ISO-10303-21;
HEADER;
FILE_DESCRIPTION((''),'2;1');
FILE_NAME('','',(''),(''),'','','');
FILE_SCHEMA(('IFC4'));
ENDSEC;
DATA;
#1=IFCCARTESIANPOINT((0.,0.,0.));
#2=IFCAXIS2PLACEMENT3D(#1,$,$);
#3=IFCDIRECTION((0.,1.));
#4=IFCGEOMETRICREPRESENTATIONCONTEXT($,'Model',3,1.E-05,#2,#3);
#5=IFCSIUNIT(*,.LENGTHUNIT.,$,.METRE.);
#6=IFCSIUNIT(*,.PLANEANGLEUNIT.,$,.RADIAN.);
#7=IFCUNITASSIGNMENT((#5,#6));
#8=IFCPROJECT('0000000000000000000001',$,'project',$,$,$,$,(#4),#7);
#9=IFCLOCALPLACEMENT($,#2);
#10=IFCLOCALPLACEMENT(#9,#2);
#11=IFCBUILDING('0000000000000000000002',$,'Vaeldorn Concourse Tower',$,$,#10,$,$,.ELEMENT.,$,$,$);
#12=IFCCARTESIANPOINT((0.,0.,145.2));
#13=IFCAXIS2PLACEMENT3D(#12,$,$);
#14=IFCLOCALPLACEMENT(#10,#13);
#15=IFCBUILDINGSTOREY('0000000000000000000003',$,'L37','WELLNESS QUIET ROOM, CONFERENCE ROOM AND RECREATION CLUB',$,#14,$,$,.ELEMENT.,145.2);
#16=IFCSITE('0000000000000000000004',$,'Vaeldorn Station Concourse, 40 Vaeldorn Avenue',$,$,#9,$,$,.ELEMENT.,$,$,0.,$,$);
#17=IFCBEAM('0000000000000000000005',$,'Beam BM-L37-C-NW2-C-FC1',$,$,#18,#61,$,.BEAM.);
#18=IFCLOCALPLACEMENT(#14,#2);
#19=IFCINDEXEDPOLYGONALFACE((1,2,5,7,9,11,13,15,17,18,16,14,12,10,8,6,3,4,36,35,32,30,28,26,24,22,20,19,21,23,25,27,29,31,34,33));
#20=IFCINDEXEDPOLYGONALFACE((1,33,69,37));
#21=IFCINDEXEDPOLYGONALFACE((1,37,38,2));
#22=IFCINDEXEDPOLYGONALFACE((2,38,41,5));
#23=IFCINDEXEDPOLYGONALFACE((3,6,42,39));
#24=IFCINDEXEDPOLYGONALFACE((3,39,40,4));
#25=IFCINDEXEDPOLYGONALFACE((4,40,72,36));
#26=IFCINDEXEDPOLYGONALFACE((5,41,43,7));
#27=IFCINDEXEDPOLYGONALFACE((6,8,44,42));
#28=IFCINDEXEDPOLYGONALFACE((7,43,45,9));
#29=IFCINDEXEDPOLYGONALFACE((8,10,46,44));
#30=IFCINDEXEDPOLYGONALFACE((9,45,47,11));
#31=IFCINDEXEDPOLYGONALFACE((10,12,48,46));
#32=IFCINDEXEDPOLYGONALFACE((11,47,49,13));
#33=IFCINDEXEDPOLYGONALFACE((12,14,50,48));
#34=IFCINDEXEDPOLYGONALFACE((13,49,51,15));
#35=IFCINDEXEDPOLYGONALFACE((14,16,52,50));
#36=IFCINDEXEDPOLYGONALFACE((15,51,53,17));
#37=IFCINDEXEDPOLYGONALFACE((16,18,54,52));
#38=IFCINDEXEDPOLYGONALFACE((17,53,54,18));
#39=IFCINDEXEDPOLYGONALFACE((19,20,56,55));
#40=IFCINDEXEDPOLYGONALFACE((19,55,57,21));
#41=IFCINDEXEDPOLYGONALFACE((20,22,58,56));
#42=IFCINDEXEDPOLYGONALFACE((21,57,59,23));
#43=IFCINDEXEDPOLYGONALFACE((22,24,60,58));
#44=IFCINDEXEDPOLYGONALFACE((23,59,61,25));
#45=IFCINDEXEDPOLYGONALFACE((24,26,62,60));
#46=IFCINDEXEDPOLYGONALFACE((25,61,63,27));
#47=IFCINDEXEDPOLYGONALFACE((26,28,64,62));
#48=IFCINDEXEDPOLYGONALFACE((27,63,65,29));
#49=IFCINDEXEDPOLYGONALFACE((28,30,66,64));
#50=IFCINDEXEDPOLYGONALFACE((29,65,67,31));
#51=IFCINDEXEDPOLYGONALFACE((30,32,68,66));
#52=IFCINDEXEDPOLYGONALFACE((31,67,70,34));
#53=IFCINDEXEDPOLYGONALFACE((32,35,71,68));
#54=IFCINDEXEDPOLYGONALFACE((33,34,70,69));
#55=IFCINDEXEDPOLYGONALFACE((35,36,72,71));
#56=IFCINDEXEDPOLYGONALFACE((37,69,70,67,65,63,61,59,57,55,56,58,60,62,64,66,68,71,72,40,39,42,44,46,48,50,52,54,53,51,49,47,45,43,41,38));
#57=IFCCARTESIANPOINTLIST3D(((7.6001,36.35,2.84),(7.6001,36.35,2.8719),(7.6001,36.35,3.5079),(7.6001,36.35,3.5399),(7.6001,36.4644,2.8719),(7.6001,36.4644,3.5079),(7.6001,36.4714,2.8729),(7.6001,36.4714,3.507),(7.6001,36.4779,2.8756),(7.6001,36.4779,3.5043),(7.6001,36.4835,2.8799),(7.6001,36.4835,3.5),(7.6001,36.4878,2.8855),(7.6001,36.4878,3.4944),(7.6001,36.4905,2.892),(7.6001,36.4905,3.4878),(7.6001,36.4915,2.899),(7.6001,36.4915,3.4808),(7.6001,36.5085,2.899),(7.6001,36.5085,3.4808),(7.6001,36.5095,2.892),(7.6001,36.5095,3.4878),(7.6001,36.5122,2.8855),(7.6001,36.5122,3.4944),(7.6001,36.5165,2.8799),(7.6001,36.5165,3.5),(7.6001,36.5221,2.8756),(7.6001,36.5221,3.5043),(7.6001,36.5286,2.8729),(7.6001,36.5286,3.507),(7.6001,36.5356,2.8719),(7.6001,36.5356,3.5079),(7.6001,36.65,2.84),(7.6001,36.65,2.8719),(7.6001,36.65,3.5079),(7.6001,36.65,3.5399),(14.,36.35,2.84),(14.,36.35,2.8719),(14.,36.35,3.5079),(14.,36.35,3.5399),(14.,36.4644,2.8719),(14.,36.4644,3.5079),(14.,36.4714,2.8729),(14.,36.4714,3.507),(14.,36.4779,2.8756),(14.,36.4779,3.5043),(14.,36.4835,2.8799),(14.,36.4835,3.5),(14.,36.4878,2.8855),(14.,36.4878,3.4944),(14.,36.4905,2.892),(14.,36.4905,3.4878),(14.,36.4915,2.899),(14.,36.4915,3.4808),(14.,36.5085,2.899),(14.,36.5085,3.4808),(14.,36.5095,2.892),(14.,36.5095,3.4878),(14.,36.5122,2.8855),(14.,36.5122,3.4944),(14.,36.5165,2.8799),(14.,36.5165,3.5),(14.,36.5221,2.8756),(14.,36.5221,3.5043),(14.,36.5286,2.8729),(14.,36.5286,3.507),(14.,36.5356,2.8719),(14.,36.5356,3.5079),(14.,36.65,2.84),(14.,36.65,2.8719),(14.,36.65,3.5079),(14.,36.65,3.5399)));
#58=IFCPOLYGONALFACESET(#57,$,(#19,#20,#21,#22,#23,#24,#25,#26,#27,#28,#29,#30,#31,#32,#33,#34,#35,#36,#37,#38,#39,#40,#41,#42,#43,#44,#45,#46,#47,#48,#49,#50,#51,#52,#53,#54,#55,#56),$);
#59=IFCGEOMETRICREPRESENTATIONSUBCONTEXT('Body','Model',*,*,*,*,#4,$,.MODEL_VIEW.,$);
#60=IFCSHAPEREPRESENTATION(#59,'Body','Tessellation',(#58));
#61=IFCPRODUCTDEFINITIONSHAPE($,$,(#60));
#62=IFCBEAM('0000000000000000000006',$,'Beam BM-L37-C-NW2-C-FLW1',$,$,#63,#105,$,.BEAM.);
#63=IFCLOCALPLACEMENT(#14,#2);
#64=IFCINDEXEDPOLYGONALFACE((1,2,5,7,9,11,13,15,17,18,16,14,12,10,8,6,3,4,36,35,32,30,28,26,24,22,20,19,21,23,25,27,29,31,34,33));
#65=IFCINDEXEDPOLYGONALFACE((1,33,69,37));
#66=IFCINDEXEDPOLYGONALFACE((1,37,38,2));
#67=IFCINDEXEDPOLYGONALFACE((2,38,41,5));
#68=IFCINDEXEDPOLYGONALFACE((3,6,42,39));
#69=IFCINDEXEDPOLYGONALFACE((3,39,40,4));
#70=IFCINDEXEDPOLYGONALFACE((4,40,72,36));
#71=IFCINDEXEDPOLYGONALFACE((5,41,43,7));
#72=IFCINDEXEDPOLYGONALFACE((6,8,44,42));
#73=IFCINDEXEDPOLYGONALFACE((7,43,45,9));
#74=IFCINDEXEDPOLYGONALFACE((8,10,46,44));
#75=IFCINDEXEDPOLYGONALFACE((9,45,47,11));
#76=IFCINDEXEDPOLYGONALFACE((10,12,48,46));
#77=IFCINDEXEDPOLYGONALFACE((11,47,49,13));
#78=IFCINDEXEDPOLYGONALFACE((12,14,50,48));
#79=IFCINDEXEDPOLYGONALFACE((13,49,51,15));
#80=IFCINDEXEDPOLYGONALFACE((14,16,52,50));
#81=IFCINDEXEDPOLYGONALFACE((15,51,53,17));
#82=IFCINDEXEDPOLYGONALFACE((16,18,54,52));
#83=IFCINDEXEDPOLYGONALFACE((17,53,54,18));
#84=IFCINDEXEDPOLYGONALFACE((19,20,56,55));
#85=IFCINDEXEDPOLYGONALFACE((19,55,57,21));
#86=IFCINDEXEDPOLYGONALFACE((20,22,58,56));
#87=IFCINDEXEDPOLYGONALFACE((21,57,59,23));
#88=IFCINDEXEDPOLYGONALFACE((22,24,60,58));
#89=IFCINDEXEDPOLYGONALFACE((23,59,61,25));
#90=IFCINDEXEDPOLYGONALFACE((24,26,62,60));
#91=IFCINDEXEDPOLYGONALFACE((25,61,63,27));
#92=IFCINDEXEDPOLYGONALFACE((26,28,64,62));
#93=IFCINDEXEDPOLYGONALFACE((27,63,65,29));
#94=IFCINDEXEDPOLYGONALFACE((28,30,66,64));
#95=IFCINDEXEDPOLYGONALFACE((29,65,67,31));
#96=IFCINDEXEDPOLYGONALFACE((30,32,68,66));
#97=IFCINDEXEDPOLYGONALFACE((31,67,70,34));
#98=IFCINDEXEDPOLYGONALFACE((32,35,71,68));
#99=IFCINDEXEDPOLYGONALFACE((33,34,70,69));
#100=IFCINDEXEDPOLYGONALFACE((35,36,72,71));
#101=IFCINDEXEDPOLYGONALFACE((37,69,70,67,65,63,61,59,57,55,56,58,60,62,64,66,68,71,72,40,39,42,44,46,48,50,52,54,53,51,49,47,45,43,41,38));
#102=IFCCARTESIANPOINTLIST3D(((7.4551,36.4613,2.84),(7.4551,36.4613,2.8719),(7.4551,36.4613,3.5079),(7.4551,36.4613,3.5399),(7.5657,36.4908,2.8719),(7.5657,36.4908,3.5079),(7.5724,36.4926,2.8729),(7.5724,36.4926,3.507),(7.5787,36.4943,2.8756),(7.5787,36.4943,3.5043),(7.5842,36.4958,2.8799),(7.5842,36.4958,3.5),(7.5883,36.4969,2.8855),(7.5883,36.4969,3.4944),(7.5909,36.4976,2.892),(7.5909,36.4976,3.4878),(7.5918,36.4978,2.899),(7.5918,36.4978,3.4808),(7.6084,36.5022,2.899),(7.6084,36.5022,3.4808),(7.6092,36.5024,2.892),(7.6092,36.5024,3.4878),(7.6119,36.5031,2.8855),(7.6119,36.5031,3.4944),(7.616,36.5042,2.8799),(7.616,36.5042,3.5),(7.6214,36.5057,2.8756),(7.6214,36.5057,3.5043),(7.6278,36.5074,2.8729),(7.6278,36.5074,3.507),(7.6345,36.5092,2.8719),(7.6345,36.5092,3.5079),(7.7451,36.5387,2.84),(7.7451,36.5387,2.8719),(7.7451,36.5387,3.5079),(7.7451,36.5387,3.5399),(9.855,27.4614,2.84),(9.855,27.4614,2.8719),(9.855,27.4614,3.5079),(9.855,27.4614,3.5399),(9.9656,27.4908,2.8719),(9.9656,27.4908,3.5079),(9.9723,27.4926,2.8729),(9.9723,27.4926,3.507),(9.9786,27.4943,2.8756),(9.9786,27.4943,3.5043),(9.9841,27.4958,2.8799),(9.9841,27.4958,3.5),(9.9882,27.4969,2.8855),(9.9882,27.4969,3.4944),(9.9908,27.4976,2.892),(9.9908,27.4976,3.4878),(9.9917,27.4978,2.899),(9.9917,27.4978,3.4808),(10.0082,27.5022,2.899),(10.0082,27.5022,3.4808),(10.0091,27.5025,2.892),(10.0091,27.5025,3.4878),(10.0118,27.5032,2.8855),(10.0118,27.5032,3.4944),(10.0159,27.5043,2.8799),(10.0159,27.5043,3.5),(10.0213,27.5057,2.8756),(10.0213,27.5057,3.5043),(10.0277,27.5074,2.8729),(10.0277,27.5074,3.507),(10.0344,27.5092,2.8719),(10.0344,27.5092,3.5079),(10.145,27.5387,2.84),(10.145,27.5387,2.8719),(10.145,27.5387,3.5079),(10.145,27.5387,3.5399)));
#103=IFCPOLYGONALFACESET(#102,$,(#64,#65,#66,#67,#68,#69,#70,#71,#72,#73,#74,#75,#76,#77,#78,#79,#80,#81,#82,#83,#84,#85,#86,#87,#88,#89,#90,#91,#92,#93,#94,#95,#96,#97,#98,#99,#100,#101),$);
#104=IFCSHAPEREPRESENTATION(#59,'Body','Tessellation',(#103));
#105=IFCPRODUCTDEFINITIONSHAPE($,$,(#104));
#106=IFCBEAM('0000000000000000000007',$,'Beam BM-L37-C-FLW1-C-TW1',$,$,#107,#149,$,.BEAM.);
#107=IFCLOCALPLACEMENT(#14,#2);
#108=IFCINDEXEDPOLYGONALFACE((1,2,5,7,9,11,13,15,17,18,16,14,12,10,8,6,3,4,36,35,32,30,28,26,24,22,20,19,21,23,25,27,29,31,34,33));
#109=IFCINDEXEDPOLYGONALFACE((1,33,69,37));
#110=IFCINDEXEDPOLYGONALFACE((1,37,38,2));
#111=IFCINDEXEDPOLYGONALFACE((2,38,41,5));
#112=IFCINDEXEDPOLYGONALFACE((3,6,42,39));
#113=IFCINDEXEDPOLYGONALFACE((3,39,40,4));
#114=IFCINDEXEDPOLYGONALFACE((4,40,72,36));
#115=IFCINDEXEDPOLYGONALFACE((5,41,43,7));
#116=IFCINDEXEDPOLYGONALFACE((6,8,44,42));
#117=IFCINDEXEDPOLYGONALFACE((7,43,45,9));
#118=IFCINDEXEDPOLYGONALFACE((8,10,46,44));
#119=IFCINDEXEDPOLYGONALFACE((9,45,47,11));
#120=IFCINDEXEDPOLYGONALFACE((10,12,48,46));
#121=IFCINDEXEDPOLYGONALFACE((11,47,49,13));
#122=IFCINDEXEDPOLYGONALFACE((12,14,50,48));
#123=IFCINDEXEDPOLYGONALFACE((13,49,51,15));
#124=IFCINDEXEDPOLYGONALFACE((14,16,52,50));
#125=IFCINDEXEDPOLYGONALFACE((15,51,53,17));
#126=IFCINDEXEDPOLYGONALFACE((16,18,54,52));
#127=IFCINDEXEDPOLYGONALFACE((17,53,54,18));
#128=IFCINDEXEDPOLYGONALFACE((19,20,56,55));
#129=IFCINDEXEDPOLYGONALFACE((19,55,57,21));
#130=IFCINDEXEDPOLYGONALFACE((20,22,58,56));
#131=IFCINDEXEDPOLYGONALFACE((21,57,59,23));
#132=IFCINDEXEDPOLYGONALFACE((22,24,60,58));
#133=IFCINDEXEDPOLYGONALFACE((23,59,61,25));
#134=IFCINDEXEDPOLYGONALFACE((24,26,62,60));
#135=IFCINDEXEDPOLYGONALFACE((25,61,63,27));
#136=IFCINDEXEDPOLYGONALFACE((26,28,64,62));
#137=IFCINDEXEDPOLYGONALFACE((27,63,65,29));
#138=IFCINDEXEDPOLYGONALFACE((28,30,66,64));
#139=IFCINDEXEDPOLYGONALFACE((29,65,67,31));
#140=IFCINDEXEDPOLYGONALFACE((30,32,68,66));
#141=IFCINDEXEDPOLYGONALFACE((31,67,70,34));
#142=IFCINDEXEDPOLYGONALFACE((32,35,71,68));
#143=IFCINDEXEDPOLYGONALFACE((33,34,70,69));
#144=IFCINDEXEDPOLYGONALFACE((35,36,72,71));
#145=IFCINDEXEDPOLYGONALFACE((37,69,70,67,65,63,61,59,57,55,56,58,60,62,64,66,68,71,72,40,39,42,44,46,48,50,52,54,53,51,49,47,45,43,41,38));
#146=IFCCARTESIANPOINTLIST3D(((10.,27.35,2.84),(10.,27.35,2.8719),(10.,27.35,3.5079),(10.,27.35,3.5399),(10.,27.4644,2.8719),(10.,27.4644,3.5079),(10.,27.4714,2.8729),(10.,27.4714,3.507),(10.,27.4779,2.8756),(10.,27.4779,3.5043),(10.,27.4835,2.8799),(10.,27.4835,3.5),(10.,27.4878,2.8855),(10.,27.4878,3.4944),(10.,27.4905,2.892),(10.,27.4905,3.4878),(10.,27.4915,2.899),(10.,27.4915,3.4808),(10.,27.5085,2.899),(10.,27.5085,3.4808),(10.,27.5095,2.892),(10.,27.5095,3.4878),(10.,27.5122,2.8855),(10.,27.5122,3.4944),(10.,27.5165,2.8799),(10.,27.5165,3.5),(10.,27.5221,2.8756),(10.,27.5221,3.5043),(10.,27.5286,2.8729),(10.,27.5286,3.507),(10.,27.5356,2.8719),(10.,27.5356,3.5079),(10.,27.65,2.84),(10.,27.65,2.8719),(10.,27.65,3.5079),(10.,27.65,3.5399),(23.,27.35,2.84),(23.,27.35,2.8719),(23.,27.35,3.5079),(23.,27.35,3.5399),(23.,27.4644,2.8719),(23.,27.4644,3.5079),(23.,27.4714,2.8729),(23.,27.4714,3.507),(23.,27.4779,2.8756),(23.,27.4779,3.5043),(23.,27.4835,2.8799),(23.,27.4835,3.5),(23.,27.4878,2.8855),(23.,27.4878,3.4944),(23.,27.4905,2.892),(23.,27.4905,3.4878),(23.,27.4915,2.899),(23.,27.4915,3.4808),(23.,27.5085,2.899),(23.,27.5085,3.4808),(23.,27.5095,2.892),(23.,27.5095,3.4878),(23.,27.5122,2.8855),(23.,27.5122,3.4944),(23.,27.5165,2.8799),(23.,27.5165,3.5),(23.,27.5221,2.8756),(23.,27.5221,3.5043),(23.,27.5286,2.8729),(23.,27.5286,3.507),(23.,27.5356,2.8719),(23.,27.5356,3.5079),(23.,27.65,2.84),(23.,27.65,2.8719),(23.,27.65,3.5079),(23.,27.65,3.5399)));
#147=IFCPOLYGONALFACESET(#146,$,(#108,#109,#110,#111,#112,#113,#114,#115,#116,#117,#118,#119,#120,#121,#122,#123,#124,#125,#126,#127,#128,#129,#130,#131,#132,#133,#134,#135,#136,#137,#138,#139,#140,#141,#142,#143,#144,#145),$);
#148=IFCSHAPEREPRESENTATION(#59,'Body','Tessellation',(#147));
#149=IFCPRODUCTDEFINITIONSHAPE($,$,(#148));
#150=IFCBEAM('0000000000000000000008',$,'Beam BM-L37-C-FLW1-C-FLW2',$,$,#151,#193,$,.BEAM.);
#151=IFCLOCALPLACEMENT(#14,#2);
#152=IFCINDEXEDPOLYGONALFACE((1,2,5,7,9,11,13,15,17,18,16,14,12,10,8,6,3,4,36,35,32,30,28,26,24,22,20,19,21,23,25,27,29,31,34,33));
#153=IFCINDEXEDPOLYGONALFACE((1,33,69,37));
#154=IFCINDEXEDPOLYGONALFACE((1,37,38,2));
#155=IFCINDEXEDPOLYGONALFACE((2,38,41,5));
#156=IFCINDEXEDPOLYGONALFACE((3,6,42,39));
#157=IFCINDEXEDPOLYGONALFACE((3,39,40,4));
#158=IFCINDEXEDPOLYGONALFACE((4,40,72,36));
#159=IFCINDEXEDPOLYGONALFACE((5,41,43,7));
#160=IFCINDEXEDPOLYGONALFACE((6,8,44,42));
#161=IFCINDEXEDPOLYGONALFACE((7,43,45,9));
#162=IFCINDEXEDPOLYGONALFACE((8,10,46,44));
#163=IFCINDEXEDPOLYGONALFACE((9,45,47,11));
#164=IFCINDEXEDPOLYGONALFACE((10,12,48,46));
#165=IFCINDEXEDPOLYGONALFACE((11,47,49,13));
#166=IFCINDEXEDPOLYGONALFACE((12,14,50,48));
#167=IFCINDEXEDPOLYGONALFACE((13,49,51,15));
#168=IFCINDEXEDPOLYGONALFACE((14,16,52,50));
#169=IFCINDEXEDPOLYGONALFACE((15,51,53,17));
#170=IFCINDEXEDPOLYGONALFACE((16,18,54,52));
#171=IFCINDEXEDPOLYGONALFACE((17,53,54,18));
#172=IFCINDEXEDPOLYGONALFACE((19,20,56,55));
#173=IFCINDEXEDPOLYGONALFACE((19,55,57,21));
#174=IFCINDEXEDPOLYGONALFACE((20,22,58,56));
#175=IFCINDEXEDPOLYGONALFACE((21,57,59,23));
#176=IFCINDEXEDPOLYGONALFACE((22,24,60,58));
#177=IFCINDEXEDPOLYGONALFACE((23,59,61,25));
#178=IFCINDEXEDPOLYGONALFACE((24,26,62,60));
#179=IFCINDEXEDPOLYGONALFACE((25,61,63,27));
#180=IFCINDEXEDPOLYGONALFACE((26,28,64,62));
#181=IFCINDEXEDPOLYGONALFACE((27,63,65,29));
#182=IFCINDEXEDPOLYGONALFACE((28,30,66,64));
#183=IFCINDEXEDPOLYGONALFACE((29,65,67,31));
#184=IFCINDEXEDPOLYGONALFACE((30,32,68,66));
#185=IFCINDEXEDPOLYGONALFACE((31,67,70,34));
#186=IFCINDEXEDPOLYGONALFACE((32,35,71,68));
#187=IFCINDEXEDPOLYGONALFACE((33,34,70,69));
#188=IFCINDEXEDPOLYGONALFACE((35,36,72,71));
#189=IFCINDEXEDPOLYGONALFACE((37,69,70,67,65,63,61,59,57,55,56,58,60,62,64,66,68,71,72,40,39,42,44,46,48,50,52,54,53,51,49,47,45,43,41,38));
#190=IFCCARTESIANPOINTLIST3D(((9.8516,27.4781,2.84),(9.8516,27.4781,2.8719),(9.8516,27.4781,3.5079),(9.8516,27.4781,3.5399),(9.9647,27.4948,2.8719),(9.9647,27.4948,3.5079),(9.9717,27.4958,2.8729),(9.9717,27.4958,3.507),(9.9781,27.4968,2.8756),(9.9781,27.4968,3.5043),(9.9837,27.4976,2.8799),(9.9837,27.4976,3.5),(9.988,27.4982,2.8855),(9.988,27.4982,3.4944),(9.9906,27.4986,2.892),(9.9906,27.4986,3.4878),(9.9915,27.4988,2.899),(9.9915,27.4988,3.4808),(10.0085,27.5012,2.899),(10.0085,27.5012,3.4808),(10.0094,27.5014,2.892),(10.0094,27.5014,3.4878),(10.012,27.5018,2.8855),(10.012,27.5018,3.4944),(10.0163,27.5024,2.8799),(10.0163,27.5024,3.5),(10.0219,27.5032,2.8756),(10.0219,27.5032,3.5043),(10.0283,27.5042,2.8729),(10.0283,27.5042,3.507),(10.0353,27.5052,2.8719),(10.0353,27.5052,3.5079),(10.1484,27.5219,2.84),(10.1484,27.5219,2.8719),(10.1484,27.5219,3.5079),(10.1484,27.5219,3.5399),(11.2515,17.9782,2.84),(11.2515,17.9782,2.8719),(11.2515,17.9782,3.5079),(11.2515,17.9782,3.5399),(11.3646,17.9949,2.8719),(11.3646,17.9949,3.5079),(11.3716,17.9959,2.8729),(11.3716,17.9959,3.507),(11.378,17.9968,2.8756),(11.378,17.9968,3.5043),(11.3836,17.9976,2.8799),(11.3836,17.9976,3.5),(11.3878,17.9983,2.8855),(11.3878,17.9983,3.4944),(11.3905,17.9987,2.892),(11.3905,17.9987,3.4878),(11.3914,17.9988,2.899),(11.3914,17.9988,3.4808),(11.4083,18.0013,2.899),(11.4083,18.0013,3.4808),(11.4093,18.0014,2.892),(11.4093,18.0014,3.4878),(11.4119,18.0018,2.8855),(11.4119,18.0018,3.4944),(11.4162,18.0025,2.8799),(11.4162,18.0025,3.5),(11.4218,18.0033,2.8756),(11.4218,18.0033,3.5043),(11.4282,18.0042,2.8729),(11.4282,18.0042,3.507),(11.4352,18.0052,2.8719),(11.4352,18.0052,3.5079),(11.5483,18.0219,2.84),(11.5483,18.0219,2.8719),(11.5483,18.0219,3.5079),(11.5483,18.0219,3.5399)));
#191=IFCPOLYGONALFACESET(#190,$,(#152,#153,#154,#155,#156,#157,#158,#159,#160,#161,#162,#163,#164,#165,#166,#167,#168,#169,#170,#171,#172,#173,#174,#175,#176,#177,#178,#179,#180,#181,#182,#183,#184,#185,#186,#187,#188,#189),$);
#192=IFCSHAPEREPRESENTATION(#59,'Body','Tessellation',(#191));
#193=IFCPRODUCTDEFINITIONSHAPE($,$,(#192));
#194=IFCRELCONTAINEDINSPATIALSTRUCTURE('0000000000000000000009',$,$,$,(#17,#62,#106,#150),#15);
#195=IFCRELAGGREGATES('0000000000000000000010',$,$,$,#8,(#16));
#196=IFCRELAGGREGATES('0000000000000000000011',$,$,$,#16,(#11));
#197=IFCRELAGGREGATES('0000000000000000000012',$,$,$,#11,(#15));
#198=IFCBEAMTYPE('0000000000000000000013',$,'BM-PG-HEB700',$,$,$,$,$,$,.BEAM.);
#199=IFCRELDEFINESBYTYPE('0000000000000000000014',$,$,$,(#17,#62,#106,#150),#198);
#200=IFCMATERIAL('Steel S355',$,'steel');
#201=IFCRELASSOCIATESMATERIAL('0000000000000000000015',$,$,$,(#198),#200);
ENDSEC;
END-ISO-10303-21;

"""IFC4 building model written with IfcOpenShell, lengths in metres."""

from ifc_helpers import new_model, si_unit, direction, frame, origin, origin_2d, place, context, subcontext, project, spatial, i_section, extrude, source, transform, mapped, material, material_profile, profile_set, type_object, element, save


model = new_model("IFC4")

# Units and contexts
model_context = context("Model", 3, precision=1e-05, world=origin(), true_north=direction((0.0, 1.0)))
body_context = subcontext(model_context, "Body", "Model", "MODEL_VIEW")
ifc_project = project(units=[si_unit("LENGTHUNIT", "METRE"), si_unit("PLANEANGLEUNIT", "RADIAN")], contexts=[model_context])

# Site, building, storey
site_placement = place(None, origin())
site = spatial("IfcSite", under=ifc_project, at=site_placement, Name="Vaeldorn Station Concourse, 40 Vaeldorn Avenue", CompositionType="ELEMENT", RefElevation=0.0)
building_placement = place(site_placement, origin())
building = spatial("IfcBuilding", under=site, at=building_placement, Name="Vaeldorn Concourse Tower", CompositionType="ELEMENT")
storey_placement = place(building_placement, frame((0.0, 0.0, 145.2)))
storey = spatial("IfcBuildingStorey", under=building, at=storey_placement, Name="L37", Description="WELLNESS QUIET ROOM, CONFERENCE ROOM AND RECREATION CLUB", CompositionType="ELEMENT", Elevation=145.2)

# Beams
ifc_material_1 = material(Name="Steel S355", Category="steel")
ifc_material_profile_1 = material_profile(ifc_material_1, i_section(OverallWidth=0.3, OverallDepth=0.7, WebThickness=0.0171, FlangeThickness=0.032, FilletRadius=0.0271, at=origin_2d()), Name="HEB 700")
ifc_profile_set_1 = profile_set([ifc_material_profile_1], Name="Steel S355")
beam_type_1 = type_object("IfcBeamType", Name="BM-PG-HEB700", PredefinedType="BEAM", material=ifc_profile_set_1)
shared_shape_1 = source(origin(), body_context, "Body", "SweptSolid", [
    extrude(i_section(OverallWidth=0.3, OverallDepth=0.7, WebThickness=0.0171, FlangeThickness=0.032, FilletRadius=0.0271, at=origin_2d()), origin(), (0.0, 0.0, 1.0), 6.3999),
])
beam_1_placement = place(storey_placement, frame((7.6001, 36.5, 3.1899), z_axis=(1.0, 0.0, 0.0), x_axis=(0.0, 1.0, 0.0)))
element("IfcBeam", 1, at=beam_1_placement, inside=storey, type_object=beam_type_1, Name="Beam BM-L37-C-NW2-C-FC1", PredefinedType="BEAM", context=body_context, shape_type="MappedRepresentation", body=[
    mapped(shared_shape_1, transform((0.0, 0.0, 0.0), scale=1.0)),
])
shared_shape_2 = source(origin(), body_context, "Body", "SweptSolid", [
    extrude(i_section(OverallWidth=0.3, OverallDepth=0.7, WebThickness=0.0171, FlangeThickness=0.032, FilletRadius=0.0271, at=origin_2d()), origin(), (0.0, 0.0, 1.0), 9.3145),
])
beam_2_placement = place(storey_placement, frame((7.6001, 36.5, 3.1899), z_axis=(0.257653, -0.966238, 0.0), x_axis=(0.966238, 0.257653, 0.0)))
element("IfcBeam", 2, at=beam_2_placement, inside=storey, type_object=beam_type_1, Name="Beam BM-L37-C-NW2-C-FLW1", PredefinedType="BEAM", context=body_context, shape_type="MappedRepresentation", body=[
    mapped(shared_shape_2, transform((0.0, 0.0, 0.0), scale=1.0)),
])
shared_shape_3 = source(origin(), body_context, "Body", "SweptSolid", [
    extrude(i_section(OverallWidth=0.3, OverallDepth=0.7, WebThickness=0.0171, FlangeThickness=0.032, FilletRadius=0.0271, at=origin_2d()), origin(), (0.0, 0.0, 1.0), 13.0),
])
beam_3_placement = place(storey_placement, frame((10.0, 27.5, 3.1899), z_axis=(1.0, 0.0, 0.0), x_axis=(0.0, 1.0, 0.0)))
element("IfcBeam", 3, at=beam_3_placement, inside=storey, type_object=beam_type_1, Name="Beam BM-L37-C-FLW1-C-TW1", PredefinedType="BEAM", context=body_context, shape_type="MappedRepresentation", body=[
    mapped(shared_shape_3, transform((0.0, 0.0, 0.0), scale=1.0)),
])
shared_shape_4 = source(origin(), body_context, "Body", "SweptSolid", [
    extrude(i_section(OverallWidth=0.3, OverallDepth=0.7, WebThickness=0.0171, FlangeThickness=0.032, FilletRadius=0.0271, at=origin_2d()), origin(), (0.0, 0.0, 1.0), 9.6025),
])
beam_4_placement = place(storey_placement, frame((10.0, 27.5, 3.1899), z_axis=(0.145784, -0.989316, 0.0), x_axis=(0.989316, 0.145784, 0.0)))
element("IfcBeam", 4, at=beam_4_placement, inside=storey, type_object=beam_type_1, Name="Beam BM-L37-C-FLW1-C-FLW2", PredefinedType="BEAM", context=body_context, shape_type="MappedRepresentation", body=[
    mapped(shared_shape_4, transform((0.0, 0.0, 0.0), scale=1.0)),
])

save(model, "model.ifc")
